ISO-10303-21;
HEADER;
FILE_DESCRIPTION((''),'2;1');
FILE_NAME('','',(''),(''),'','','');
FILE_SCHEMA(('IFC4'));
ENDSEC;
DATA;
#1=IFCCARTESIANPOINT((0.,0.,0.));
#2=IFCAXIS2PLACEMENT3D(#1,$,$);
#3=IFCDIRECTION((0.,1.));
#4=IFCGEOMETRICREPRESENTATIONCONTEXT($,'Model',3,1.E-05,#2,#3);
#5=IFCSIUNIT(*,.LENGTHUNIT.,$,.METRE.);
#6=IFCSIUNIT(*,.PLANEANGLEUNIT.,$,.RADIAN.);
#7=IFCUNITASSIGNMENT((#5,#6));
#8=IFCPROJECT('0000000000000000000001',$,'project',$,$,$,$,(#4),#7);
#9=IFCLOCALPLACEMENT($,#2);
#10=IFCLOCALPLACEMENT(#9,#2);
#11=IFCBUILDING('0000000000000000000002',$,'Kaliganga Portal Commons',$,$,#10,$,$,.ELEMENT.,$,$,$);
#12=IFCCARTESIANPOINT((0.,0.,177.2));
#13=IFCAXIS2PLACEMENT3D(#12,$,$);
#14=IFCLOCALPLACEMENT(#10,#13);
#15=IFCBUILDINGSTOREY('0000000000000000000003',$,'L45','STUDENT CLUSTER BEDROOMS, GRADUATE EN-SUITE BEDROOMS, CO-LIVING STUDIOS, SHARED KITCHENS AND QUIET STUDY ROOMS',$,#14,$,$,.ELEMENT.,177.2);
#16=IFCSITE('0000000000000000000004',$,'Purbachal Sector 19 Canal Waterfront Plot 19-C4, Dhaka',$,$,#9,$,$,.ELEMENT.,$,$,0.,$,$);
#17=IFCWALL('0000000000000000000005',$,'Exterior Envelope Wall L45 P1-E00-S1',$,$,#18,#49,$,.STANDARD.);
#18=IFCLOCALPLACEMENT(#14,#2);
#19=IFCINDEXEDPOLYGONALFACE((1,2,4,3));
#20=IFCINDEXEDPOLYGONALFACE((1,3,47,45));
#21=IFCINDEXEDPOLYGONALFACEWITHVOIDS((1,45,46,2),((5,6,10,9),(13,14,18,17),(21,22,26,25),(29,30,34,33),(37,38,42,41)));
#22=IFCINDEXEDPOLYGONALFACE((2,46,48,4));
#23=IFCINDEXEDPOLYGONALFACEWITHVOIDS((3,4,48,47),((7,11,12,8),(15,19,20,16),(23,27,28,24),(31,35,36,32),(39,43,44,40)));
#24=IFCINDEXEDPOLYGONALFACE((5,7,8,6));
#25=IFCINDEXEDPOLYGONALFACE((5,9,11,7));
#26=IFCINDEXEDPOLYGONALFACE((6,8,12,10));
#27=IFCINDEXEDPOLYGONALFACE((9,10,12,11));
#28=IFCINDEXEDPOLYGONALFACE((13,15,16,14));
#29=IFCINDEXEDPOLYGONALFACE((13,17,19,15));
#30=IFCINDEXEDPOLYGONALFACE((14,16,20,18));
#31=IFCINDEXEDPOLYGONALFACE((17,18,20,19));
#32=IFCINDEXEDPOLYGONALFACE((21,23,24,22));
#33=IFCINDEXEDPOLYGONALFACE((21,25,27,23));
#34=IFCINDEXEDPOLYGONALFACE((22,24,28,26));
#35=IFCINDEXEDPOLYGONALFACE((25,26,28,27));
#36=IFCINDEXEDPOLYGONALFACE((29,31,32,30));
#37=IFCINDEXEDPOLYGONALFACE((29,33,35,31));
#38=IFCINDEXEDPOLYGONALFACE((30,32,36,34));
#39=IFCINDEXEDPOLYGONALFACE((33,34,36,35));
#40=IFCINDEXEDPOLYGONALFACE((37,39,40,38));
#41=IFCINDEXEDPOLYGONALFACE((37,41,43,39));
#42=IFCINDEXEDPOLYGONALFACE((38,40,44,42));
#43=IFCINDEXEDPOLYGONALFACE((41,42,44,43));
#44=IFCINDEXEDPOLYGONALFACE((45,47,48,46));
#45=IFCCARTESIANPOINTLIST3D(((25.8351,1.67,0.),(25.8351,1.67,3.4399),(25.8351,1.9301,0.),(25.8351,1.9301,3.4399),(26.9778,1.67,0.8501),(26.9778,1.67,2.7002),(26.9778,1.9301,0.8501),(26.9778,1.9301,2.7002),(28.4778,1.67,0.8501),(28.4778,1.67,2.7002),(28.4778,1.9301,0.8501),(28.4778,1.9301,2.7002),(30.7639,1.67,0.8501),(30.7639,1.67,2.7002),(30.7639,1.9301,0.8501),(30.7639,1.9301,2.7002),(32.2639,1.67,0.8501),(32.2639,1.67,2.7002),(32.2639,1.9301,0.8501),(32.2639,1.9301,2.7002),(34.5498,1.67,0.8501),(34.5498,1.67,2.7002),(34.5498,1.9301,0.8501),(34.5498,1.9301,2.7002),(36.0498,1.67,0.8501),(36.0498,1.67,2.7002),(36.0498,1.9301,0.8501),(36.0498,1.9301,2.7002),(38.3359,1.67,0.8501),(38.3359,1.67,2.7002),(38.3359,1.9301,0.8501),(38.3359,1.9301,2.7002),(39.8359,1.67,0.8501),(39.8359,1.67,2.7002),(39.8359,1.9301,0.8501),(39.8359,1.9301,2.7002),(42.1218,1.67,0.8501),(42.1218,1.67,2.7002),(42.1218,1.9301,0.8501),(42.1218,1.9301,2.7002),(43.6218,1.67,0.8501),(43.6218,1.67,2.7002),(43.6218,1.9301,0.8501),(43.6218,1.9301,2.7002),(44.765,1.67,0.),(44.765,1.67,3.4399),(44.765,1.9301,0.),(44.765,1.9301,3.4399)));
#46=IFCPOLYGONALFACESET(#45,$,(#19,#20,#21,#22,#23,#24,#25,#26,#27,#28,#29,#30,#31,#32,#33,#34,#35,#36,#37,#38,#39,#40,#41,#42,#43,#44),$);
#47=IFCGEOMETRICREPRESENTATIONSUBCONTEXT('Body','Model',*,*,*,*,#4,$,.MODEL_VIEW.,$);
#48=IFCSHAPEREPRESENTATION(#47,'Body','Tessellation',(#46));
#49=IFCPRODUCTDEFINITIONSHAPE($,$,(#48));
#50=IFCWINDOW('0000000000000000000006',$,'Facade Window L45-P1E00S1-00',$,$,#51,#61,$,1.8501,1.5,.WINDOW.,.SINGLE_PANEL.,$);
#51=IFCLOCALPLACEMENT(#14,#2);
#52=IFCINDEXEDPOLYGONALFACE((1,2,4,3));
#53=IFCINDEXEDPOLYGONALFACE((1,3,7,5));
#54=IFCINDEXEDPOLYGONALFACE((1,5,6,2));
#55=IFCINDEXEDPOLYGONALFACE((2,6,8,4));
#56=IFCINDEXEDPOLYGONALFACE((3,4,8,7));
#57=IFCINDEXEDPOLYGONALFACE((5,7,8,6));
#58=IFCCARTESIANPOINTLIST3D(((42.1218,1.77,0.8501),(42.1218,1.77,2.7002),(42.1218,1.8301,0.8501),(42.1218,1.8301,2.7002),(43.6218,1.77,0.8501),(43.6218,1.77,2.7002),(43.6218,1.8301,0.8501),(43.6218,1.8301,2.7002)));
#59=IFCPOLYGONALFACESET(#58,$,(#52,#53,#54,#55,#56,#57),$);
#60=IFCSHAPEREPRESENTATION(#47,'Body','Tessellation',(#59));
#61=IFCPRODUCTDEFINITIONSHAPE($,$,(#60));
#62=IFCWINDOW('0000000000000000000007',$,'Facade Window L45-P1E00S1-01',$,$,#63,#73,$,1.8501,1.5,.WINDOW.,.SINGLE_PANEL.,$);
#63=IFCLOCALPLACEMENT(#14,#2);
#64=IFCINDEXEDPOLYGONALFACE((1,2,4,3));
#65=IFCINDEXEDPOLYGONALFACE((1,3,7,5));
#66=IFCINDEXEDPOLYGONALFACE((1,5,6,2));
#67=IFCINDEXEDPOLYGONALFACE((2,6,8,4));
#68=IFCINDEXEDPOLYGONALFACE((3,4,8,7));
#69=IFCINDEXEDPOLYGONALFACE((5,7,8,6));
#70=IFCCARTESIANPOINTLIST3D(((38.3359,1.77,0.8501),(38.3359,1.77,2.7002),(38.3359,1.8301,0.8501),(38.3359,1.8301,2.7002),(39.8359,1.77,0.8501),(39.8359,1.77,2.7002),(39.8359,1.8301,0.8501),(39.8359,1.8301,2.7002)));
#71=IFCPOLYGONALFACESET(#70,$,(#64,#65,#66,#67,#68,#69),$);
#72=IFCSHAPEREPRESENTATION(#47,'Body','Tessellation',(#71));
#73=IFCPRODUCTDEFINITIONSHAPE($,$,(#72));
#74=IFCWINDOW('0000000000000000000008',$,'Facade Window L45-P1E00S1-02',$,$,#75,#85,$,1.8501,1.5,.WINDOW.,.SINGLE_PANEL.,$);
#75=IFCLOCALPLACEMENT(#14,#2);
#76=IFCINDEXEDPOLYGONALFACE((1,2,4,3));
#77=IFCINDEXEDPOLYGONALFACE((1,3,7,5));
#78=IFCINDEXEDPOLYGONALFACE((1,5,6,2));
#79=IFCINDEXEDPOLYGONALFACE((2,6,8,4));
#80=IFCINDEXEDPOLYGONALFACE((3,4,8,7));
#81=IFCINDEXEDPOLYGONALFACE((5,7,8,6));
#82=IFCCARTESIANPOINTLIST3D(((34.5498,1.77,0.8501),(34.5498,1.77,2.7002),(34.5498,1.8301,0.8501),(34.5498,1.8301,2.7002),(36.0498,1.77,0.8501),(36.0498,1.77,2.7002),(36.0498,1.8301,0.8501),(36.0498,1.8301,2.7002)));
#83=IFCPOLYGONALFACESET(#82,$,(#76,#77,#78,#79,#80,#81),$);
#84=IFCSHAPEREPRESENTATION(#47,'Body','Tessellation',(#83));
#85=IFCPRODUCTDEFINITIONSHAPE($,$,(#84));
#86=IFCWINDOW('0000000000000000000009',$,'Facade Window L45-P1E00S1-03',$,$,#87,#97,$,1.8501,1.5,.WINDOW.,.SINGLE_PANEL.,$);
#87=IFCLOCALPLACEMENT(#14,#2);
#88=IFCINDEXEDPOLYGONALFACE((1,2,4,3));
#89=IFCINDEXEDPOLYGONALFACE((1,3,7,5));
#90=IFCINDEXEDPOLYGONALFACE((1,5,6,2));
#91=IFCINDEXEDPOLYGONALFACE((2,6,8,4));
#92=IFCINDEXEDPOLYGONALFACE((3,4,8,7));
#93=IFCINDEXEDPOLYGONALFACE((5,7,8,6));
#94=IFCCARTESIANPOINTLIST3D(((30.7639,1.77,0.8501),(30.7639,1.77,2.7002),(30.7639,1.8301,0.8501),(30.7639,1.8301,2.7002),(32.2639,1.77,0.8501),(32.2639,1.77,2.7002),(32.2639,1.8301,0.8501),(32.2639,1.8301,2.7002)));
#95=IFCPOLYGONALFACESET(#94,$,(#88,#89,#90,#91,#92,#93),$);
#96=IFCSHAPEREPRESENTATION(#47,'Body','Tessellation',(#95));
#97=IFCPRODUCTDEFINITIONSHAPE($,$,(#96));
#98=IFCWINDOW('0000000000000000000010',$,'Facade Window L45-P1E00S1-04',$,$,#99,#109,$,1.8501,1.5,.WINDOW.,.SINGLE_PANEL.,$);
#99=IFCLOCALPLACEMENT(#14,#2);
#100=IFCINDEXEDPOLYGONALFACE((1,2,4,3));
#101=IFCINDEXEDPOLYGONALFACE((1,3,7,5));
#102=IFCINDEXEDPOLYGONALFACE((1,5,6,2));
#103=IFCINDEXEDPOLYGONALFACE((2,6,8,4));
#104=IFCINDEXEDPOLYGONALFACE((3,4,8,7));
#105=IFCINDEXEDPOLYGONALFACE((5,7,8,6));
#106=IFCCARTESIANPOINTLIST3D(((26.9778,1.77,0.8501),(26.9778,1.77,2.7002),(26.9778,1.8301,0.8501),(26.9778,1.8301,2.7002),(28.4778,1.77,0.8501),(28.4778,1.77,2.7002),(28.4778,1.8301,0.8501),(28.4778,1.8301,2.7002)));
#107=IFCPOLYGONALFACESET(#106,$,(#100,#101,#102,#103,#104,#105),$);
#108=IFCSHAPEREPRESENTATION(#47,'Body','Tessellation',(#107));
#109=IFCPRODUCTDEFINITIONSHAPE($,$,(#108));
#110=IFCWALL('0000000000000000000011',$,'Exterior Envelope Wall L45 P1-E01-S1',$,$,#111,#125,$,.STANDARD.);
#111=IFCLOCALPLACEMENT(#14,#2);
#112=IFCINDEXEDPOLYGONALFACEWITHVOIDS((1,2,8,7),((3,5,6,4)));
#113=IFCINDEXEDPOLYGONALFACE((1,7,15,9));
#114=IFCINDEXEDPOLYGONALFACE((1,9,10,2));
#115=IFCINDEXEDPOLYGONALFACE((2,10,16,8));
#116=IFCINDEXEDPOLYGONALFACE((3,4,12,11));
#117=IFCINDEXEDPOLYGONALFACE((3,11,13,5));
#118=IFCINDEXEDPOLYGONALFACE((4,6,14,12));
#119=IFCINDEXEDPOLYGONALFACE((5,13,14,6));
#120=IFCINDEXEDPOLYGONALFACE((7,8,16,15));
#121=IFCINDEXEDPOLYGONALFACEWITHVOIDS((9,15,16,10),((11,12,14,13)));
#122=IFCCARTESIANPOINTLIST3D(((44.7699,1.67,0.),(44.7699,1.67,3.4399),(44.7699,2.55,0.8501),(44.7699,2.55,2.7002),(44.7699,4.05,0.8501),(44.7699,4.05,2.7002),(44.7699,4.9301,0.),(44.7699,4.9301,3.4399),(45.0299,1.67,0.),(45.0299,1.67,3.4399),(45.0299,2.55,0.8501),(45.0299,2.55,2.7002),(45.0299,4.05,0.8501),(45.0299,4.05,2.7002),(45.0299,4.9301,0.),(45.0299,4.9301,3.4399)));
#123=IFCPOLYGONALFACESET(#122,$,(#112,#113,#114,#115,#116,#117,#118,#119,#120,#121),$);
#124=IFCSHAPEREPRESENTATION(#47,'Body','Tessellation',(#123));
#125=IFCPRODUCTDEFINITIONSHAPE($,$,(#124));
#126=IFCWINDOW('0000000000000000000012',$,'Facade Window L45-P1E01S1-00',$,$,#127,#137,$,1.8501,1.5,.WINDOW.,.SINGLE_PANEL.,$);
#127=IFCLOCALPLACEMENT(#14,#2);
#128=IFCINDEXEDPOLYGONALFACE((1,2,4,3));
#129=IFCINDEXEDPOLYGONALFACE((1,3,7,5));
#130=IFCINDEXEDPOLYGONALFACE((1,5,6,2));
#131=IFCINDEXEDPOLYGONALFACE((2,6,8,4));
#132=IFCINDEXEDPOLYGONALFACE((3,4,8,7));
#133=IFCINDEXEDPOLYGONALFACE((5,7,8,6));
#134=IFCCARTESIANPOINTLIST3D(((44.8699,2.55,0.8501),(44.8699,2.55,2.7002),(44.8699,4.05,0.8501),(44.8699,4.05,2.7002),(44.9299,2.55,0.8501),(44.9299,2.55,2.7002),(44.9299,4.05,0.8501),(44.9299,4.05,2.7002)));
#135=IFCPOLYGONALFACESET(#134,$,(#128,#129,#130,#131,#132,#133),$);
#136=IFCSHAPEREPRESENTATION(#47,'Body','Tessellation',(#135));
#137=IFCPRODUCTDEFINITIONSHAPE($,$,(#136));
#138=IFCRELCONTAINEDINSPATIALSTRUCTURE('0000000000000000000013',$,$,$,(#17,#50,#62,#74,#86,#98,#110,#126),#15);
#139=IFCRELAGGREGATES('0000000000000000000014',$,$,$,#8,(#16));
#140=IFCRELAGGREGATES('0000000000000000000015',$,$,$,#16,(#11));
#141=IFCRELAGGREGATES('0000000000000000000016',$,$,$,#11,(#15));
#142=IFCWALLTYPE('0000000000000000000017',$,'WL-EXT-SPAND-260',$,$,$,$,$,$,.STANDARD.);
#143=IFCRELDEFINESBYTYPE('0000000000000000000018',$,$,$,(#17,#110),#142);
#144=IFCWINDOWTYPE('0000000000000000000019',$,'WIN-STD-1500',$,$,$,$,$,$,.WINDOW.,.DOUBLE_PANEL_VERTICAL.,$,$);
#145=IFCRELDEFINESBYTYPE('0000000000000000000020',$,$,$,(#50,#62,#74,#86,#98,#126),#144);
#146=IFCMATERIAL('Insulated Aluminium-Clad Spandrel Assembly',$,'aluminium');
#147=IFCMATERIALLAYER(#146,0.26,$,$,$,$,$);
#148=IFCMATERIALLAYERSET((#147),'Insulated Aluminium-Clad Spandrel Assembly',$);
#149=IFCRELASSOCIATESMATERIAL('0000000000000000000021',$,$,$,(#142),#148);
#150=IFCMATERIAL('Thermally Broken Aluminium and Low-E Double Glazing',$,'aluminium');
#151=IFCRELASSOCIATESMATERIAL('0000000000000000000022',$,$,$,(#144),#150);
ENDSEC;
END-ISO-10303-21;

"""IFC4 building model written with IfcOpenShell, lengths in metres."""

from ifc_helpers import new_model, si_unit, direction, frame, frame_2d, origin, place, context, subcontext, project, spatial, rectangle, extrude, material, layer, layer_set, type_object, element, fill, save


model = new_model("IFC4")

# Units and contexts
model_context = context("Model", 3, precision=1e-05, world=origin(), true_north=direction((0.0, 1.0)))
body_context = subcontext(model_context, "Body", "Model", "MODEL_VIEW")
ifc_project = project(units=[si_unit("LENGTHUNIT", "METRE"), si_unit("PLANEANGLEUNIT", "RADIAN")], contexts=[model_context])

# Site, building, storey
site_placement = place(None, origin())
site = spatial("IfcSite", under=ifc_project, at=site_placement, Name="Purbachal Sector 19 Canal Waterfront Plot 19-C4, Dhaka", CompositionType="ELEMENT", RefElevation=0.0)
building_placement = place(site_placement, origin())
building = spatial("IfcBuilding", under=site, at=building_placement, Name="Kaliganga Portal Commons", CompositionType="ELEMENT")
storey_placement = place(building_placement, frame((0.0, 0.0, 177.2)))
storey = spatial("IfcBuildingStorey", under=building, at=storey_placement, Name="L45", Description="STUDENT CLUSTER BEDROOMS, GRADUATE EN-SUITE BEDROOMS, CO-LIVING STUDIOS, SHARED KITCHENS AND QUIET STUDY ROOMS", CompositionType="ELEMENT", Elevation=177.2)

# Wall, openings, windows
ifc_material_1 = material(Name="Insulated Aluminium-Clad Spandrel Assembly", Category="aluminium")
ifc_layer_1 = layer(ifc_material_1, 0.26)
ifc_layer_set_1 = layer_set([ifc_layer_1], Name="Insulated Aluminium-Clad Spandrel Assembly")
wall_type_1 = type_object("IfcWallType", Name="WL-EXT-SPAND-260", PredefinedType="STANDARD", material=ifc_layer_set_1)
wall_1_placement = place(storey_placement, frame((44.7649, 1.8, 0.0), z_axis=(0.0, 0.0, 1.0), x_axis=(-1.0, 0.0, 0.0)))
wall_1 = element("IfcWall", 1, at=wall_1_placement, inside=storey, type_object=wall_type_1, Name="Exterior Envelope Wall L45 P1-E00-S1", PredefinedType="STANDARD", context=body_context, shape_type="SweptSolid", body=[
    extrude(rectangle(XDim=18.9299, YDim=0.26, at=frame_2d((9.4648, 0.0))), origin(), (0.0, 0.0, 1.0), 3.4399),
])
opening_1_placement = place(wall_1_placement, frame((1.1431, 0.0, 0.8501)))
opening_1 = element("IfcOpeningElement", 2, at=opening_1_placement, cuts=wall_1, PredefinedType="OPENING", context=body_context, shape_type="SweptSolid", body=[
    extrude(rectangle(XDim=1.5, YDim=1.8501, at=frame_2d((0.75, 0.925))), frame((0.0, 0.1401, 0.0), z_axis=(0.0, -1.0, 0.0), x_axis=(1.0, 0.0, 0.0)), (0.0, 0.0, 1.0), 0.28),
])
opening_2_placement = place(wall_1_placement, frame((4.929, 0.0, 0.8501)))
opening_2 = element("IfcOpeningElement", 3, at=opening_2_placement, cuts=wall_1, PredefinedType="OPENING", context=body_context, shape_type="SweptSolid", body=[
    extrude(rectangle(XDim=1.5, YDim=1.8501, at=frame_2d((0.75, 0.925))), frame((0.0, 0.1401, 0.0), z_axis=(0.0, -1.0, 0.0), x_axis=(1.0, 0.0, 0.0)), (0.0, 0.0, 1.0), 0.28),
])
opening_3_placement = place(wall_1_placement, frame((8.7151, 0.0, 0.8501)))
opening_3 = element("IfcOpeningElement", 4, at=opening_3_placement, cuts=wall_1, PredefinedType="OPENING", context=body_context, shape_type="SweptSolid", body=[
    extrude(rectangle(XDim=1.5, YDim=1.8501, at=frame_2d((0.75, 0.925))), frame((0.0, 0.1401, 0.0), z_axis=(0.0, -1.0, 0.0), x_axis=(1.0, 0.0, 0.0)), (0.0, 0.0, 1.0), 0.28),
])
opening_4_placement = place(wall_1_placement, frame((12.501, 0.0, 0.8501)))
opening_4 = element("IfcOpeningElement", 5, at=opening_4_placement, cuts=wall_1, PredefinedType="OPENING", context=body_context, shape_type="SweptSolid", body=[
    extrude(rectangle(XDim=1.5, YDim=1.8501, at=frame_2d((0.75, 0.925))), frame((0.0, 0.1401, 0.0), z_axis=(0.0, -1.0, 0.0), x_axis=(1.0, 0.0, 0.0)), (0.0, 0.0, 1.0), 0.28),
])
opening_5_placement = place(wall_1_placement, frame((16.2871, 0.0, 0.8501)))
opening_5 = element("IfcOpeningElement", 6, at=opening_5_placement, cuts=wall_1, PredefinedType="OPENING", context=body_context, shape_type="SweptSolid", body=[
    extrude(rectangle(XDim=1.5, YDim=1.8501, at=frame_2d((0.75, 0.925))), frame((0.0, 0.1401, 0.0), z_axis=(0.0, -1.0, 0.0), x_axis=(1.0, 0.0, 0.0)), (0.0, 0.0, 1.0), 0.28),
])
ifc_material_2 = material(Name="Thermally Broken Aluminium and Low-E Double Glazing", Category="aluminium")
window_type = type_object("IfcWindowType", Name="WIN-STD-1500", PartitioningType="DOUBLE_PANEL_VERTICAL", PredefinedType="WINDOW", material=ifc_material_2)
window_1_placement = place(opening_1_placement, origin())
window_1 = element("IfcWindow", 7, at=window_1_placement, inside=storey, type_object=window_type, Name="Facade Window L45-P1E00S1-00", OverallHeight=1.8501, OverallWidth=1.5, PartitioningType="SINGLE_PANEL", PredefinedType="WINDOW", context=body_context, shape_type="SweptSolid", body=[
    extrude(rectangle(XDim=1.5, YDim=1.8501, at=frame_2d((0.75, 0.925))), frame((0.0, 0.03, 0.0), z_axis=(0.0, -1.0, 0.0), x_axis=(1.0, 0.0, 0.0)), (0.0, 0.0, 1.0), 0.0601),
])
fill(opening_1, window_1)
window_2_placement = place(opening_2_placement, origin())
window_2 = element("IfcWindow", 8, at=window_2_placement, inside=storey, type_object=window_type, Name="Facade Window L45-P1E00S1-01", OverallHeight=1.8501, OverallWidth=1.5, PartitioningType="SINGLE_PANEL", PredefinedType="WINDOW", context=body_context, shape_type="SweptSolid", body=[
    extrude(rectangle(XDim=1.5, YDim=1.8501, at=frame_2d((0.75, 0.925))), frame((0.0, 0.03, 0.0), z_axis=(0.0, -1.0, 0.0), x_axis=(1.0, 0.0, 0.0)), (0.0, 0.0, 1.0), 0.0601),
])
fill(opening_2, window_2)
window_3_placement = place(opening_3_placement, origin())
window_3 = element("IfcWindow", 9, at=window_3_placement, inside=storey, type_object=window_type, Name="Facade Window L45-P1E00S1-02", OverallHeight=1.8501, OverallWidth=1.5, PartitioningType="SINGLE_PANEL", PredefinedType="WINDOW", context=body_context, shape_type="SweptSolid", body=[
    extrude(rectangle(XDim=1.5, YDim=1.8501, at=frame_2d((0.75, 0.925))), frame((0.0, 0.03, 0.0), z_axis=(0.0, -1.0, 0.0), x_axis=(1.0, 0.0, 0.0)), (0.0, 0.0, 1.0), 0.0601),
])
fill(opening_3, window_3)
window_4_placement = place(opening_4_placement, origin())
window_4 = element("IfcWindow", 10, at=window_4_placement, inside=storey, type_object=window_type, Name="Facade Window L45-P1E00S1-03", OverallHeight=1.8501, OverallWidth=1.5, PartitioningType="SINGLE_PANEL", PredefinedType="WINDOW", context=body_context, shape_type="SweptSolid", body=[
    extrude(rectangle(XDim=1.5, YDim=1.8501, at=frame_2d((0.75, 0.925))), frame((0.0, 0.03, 0.0), z_axis=(0.0, -1.0, 0.0), x_axis=(1.0, 0.0, 0.0)), (0.0, 0.0, 1.0), 0.0601),
])
fill(opening_4, window_4)
window_5_placement = place(opening_5_placement, origin())
window_5 = element("IfcWindow", 11, at=window_5_placement, inside=storey, type_object=window_type, Name="Facade Window L45-P1E00S1-04", OverallHeight=1.8501, OverallWidth=1.5, PartitioningType="SINGLE_PANEL", PredefinedType="WINDOW", context=body_context, shape_type="SweptSolid", body=[
    extrude(rectangle(XDim=1.5, YDim=1.8501, at=frame_2d((0.75, 0.925))), frame((0.0, 0.03, 0.0), z_axis=(0.0, -1.0, 0.0), x_axis=(1.0, 0.0, 0.0)), (0.0, 0.0, 1.0), 0.0601),
])
fill(opening_5, window_5)

# Wall, opening, window
wall_2_placement = place(storey_placement, frame((44.8999, 4.9299, 0.0), z_axis=(0.0, 0.0, 1.0), x_axis=(0.0, -1.0, 0.0)))
wall_2 = element("IfcWall", 12, at=wall_2_placement, inside=storey, type_object=wall_type_1, Name="Exterior Envelope Wall L45 P1-E01-S1", PredefinedType="STANDARD", context=body_context, shape_type="SweptSolid", body=[
    extrude(rectangle(XDim=3.26, YDim=0.26, at=frame_2d((1.6299, 0.0))), origin(), (0.0, 0.0, 1.0), 3.4399),
])
opening_6_placement = place(wall_2_placement, frame((0.8799, 0.0, 0.8501)))
opening_6 = element("IfcOpeningElement", 13, at=opening_6_placement, cuts=wall_2, PredefinedType="OPENING", context=body_context, shape_type="SweptSolid", body=[
    extrude(rectangle(XDim=1.5, YDim=1.8501, at=frame_2d((0.75, 0.925))), frame((0.0, 0.1401, 0.0), z_axis=(0.0, -1.0, 0.0), x_axis=(1.0, 0.0, 0.0)), (0.0, 0.0, 1.0), 0.28),
])
window_6_placement = place(opening_6_placement, origin())
window_6 = element("IfcWindow", 14, at=window_6_placement, inside=storey, type_object=window_type, Name="Facade Window L45-P1E01S1-00", OverallHeight=1.8501, OverallWidth=1.5, PartitioningType="SINGLE_PANEL", PredefinedType="WINDOW", context=body_context, shape_type="SweptSolid", body=[
    extrude(rectangle(XDim=1.5, YDim=1.8501, at=frame_2d((0.75, 0.925))), frame((0.0, 0.03, 0.0), z_axis=(0.0, -1.0, 0.0), x_axis=(1.0, 0.0, 0.0)), (0.0, 0.0, 1.0), 0.0601),
])
fill(opening_6, window_6)

save(model, "model.ifc")
